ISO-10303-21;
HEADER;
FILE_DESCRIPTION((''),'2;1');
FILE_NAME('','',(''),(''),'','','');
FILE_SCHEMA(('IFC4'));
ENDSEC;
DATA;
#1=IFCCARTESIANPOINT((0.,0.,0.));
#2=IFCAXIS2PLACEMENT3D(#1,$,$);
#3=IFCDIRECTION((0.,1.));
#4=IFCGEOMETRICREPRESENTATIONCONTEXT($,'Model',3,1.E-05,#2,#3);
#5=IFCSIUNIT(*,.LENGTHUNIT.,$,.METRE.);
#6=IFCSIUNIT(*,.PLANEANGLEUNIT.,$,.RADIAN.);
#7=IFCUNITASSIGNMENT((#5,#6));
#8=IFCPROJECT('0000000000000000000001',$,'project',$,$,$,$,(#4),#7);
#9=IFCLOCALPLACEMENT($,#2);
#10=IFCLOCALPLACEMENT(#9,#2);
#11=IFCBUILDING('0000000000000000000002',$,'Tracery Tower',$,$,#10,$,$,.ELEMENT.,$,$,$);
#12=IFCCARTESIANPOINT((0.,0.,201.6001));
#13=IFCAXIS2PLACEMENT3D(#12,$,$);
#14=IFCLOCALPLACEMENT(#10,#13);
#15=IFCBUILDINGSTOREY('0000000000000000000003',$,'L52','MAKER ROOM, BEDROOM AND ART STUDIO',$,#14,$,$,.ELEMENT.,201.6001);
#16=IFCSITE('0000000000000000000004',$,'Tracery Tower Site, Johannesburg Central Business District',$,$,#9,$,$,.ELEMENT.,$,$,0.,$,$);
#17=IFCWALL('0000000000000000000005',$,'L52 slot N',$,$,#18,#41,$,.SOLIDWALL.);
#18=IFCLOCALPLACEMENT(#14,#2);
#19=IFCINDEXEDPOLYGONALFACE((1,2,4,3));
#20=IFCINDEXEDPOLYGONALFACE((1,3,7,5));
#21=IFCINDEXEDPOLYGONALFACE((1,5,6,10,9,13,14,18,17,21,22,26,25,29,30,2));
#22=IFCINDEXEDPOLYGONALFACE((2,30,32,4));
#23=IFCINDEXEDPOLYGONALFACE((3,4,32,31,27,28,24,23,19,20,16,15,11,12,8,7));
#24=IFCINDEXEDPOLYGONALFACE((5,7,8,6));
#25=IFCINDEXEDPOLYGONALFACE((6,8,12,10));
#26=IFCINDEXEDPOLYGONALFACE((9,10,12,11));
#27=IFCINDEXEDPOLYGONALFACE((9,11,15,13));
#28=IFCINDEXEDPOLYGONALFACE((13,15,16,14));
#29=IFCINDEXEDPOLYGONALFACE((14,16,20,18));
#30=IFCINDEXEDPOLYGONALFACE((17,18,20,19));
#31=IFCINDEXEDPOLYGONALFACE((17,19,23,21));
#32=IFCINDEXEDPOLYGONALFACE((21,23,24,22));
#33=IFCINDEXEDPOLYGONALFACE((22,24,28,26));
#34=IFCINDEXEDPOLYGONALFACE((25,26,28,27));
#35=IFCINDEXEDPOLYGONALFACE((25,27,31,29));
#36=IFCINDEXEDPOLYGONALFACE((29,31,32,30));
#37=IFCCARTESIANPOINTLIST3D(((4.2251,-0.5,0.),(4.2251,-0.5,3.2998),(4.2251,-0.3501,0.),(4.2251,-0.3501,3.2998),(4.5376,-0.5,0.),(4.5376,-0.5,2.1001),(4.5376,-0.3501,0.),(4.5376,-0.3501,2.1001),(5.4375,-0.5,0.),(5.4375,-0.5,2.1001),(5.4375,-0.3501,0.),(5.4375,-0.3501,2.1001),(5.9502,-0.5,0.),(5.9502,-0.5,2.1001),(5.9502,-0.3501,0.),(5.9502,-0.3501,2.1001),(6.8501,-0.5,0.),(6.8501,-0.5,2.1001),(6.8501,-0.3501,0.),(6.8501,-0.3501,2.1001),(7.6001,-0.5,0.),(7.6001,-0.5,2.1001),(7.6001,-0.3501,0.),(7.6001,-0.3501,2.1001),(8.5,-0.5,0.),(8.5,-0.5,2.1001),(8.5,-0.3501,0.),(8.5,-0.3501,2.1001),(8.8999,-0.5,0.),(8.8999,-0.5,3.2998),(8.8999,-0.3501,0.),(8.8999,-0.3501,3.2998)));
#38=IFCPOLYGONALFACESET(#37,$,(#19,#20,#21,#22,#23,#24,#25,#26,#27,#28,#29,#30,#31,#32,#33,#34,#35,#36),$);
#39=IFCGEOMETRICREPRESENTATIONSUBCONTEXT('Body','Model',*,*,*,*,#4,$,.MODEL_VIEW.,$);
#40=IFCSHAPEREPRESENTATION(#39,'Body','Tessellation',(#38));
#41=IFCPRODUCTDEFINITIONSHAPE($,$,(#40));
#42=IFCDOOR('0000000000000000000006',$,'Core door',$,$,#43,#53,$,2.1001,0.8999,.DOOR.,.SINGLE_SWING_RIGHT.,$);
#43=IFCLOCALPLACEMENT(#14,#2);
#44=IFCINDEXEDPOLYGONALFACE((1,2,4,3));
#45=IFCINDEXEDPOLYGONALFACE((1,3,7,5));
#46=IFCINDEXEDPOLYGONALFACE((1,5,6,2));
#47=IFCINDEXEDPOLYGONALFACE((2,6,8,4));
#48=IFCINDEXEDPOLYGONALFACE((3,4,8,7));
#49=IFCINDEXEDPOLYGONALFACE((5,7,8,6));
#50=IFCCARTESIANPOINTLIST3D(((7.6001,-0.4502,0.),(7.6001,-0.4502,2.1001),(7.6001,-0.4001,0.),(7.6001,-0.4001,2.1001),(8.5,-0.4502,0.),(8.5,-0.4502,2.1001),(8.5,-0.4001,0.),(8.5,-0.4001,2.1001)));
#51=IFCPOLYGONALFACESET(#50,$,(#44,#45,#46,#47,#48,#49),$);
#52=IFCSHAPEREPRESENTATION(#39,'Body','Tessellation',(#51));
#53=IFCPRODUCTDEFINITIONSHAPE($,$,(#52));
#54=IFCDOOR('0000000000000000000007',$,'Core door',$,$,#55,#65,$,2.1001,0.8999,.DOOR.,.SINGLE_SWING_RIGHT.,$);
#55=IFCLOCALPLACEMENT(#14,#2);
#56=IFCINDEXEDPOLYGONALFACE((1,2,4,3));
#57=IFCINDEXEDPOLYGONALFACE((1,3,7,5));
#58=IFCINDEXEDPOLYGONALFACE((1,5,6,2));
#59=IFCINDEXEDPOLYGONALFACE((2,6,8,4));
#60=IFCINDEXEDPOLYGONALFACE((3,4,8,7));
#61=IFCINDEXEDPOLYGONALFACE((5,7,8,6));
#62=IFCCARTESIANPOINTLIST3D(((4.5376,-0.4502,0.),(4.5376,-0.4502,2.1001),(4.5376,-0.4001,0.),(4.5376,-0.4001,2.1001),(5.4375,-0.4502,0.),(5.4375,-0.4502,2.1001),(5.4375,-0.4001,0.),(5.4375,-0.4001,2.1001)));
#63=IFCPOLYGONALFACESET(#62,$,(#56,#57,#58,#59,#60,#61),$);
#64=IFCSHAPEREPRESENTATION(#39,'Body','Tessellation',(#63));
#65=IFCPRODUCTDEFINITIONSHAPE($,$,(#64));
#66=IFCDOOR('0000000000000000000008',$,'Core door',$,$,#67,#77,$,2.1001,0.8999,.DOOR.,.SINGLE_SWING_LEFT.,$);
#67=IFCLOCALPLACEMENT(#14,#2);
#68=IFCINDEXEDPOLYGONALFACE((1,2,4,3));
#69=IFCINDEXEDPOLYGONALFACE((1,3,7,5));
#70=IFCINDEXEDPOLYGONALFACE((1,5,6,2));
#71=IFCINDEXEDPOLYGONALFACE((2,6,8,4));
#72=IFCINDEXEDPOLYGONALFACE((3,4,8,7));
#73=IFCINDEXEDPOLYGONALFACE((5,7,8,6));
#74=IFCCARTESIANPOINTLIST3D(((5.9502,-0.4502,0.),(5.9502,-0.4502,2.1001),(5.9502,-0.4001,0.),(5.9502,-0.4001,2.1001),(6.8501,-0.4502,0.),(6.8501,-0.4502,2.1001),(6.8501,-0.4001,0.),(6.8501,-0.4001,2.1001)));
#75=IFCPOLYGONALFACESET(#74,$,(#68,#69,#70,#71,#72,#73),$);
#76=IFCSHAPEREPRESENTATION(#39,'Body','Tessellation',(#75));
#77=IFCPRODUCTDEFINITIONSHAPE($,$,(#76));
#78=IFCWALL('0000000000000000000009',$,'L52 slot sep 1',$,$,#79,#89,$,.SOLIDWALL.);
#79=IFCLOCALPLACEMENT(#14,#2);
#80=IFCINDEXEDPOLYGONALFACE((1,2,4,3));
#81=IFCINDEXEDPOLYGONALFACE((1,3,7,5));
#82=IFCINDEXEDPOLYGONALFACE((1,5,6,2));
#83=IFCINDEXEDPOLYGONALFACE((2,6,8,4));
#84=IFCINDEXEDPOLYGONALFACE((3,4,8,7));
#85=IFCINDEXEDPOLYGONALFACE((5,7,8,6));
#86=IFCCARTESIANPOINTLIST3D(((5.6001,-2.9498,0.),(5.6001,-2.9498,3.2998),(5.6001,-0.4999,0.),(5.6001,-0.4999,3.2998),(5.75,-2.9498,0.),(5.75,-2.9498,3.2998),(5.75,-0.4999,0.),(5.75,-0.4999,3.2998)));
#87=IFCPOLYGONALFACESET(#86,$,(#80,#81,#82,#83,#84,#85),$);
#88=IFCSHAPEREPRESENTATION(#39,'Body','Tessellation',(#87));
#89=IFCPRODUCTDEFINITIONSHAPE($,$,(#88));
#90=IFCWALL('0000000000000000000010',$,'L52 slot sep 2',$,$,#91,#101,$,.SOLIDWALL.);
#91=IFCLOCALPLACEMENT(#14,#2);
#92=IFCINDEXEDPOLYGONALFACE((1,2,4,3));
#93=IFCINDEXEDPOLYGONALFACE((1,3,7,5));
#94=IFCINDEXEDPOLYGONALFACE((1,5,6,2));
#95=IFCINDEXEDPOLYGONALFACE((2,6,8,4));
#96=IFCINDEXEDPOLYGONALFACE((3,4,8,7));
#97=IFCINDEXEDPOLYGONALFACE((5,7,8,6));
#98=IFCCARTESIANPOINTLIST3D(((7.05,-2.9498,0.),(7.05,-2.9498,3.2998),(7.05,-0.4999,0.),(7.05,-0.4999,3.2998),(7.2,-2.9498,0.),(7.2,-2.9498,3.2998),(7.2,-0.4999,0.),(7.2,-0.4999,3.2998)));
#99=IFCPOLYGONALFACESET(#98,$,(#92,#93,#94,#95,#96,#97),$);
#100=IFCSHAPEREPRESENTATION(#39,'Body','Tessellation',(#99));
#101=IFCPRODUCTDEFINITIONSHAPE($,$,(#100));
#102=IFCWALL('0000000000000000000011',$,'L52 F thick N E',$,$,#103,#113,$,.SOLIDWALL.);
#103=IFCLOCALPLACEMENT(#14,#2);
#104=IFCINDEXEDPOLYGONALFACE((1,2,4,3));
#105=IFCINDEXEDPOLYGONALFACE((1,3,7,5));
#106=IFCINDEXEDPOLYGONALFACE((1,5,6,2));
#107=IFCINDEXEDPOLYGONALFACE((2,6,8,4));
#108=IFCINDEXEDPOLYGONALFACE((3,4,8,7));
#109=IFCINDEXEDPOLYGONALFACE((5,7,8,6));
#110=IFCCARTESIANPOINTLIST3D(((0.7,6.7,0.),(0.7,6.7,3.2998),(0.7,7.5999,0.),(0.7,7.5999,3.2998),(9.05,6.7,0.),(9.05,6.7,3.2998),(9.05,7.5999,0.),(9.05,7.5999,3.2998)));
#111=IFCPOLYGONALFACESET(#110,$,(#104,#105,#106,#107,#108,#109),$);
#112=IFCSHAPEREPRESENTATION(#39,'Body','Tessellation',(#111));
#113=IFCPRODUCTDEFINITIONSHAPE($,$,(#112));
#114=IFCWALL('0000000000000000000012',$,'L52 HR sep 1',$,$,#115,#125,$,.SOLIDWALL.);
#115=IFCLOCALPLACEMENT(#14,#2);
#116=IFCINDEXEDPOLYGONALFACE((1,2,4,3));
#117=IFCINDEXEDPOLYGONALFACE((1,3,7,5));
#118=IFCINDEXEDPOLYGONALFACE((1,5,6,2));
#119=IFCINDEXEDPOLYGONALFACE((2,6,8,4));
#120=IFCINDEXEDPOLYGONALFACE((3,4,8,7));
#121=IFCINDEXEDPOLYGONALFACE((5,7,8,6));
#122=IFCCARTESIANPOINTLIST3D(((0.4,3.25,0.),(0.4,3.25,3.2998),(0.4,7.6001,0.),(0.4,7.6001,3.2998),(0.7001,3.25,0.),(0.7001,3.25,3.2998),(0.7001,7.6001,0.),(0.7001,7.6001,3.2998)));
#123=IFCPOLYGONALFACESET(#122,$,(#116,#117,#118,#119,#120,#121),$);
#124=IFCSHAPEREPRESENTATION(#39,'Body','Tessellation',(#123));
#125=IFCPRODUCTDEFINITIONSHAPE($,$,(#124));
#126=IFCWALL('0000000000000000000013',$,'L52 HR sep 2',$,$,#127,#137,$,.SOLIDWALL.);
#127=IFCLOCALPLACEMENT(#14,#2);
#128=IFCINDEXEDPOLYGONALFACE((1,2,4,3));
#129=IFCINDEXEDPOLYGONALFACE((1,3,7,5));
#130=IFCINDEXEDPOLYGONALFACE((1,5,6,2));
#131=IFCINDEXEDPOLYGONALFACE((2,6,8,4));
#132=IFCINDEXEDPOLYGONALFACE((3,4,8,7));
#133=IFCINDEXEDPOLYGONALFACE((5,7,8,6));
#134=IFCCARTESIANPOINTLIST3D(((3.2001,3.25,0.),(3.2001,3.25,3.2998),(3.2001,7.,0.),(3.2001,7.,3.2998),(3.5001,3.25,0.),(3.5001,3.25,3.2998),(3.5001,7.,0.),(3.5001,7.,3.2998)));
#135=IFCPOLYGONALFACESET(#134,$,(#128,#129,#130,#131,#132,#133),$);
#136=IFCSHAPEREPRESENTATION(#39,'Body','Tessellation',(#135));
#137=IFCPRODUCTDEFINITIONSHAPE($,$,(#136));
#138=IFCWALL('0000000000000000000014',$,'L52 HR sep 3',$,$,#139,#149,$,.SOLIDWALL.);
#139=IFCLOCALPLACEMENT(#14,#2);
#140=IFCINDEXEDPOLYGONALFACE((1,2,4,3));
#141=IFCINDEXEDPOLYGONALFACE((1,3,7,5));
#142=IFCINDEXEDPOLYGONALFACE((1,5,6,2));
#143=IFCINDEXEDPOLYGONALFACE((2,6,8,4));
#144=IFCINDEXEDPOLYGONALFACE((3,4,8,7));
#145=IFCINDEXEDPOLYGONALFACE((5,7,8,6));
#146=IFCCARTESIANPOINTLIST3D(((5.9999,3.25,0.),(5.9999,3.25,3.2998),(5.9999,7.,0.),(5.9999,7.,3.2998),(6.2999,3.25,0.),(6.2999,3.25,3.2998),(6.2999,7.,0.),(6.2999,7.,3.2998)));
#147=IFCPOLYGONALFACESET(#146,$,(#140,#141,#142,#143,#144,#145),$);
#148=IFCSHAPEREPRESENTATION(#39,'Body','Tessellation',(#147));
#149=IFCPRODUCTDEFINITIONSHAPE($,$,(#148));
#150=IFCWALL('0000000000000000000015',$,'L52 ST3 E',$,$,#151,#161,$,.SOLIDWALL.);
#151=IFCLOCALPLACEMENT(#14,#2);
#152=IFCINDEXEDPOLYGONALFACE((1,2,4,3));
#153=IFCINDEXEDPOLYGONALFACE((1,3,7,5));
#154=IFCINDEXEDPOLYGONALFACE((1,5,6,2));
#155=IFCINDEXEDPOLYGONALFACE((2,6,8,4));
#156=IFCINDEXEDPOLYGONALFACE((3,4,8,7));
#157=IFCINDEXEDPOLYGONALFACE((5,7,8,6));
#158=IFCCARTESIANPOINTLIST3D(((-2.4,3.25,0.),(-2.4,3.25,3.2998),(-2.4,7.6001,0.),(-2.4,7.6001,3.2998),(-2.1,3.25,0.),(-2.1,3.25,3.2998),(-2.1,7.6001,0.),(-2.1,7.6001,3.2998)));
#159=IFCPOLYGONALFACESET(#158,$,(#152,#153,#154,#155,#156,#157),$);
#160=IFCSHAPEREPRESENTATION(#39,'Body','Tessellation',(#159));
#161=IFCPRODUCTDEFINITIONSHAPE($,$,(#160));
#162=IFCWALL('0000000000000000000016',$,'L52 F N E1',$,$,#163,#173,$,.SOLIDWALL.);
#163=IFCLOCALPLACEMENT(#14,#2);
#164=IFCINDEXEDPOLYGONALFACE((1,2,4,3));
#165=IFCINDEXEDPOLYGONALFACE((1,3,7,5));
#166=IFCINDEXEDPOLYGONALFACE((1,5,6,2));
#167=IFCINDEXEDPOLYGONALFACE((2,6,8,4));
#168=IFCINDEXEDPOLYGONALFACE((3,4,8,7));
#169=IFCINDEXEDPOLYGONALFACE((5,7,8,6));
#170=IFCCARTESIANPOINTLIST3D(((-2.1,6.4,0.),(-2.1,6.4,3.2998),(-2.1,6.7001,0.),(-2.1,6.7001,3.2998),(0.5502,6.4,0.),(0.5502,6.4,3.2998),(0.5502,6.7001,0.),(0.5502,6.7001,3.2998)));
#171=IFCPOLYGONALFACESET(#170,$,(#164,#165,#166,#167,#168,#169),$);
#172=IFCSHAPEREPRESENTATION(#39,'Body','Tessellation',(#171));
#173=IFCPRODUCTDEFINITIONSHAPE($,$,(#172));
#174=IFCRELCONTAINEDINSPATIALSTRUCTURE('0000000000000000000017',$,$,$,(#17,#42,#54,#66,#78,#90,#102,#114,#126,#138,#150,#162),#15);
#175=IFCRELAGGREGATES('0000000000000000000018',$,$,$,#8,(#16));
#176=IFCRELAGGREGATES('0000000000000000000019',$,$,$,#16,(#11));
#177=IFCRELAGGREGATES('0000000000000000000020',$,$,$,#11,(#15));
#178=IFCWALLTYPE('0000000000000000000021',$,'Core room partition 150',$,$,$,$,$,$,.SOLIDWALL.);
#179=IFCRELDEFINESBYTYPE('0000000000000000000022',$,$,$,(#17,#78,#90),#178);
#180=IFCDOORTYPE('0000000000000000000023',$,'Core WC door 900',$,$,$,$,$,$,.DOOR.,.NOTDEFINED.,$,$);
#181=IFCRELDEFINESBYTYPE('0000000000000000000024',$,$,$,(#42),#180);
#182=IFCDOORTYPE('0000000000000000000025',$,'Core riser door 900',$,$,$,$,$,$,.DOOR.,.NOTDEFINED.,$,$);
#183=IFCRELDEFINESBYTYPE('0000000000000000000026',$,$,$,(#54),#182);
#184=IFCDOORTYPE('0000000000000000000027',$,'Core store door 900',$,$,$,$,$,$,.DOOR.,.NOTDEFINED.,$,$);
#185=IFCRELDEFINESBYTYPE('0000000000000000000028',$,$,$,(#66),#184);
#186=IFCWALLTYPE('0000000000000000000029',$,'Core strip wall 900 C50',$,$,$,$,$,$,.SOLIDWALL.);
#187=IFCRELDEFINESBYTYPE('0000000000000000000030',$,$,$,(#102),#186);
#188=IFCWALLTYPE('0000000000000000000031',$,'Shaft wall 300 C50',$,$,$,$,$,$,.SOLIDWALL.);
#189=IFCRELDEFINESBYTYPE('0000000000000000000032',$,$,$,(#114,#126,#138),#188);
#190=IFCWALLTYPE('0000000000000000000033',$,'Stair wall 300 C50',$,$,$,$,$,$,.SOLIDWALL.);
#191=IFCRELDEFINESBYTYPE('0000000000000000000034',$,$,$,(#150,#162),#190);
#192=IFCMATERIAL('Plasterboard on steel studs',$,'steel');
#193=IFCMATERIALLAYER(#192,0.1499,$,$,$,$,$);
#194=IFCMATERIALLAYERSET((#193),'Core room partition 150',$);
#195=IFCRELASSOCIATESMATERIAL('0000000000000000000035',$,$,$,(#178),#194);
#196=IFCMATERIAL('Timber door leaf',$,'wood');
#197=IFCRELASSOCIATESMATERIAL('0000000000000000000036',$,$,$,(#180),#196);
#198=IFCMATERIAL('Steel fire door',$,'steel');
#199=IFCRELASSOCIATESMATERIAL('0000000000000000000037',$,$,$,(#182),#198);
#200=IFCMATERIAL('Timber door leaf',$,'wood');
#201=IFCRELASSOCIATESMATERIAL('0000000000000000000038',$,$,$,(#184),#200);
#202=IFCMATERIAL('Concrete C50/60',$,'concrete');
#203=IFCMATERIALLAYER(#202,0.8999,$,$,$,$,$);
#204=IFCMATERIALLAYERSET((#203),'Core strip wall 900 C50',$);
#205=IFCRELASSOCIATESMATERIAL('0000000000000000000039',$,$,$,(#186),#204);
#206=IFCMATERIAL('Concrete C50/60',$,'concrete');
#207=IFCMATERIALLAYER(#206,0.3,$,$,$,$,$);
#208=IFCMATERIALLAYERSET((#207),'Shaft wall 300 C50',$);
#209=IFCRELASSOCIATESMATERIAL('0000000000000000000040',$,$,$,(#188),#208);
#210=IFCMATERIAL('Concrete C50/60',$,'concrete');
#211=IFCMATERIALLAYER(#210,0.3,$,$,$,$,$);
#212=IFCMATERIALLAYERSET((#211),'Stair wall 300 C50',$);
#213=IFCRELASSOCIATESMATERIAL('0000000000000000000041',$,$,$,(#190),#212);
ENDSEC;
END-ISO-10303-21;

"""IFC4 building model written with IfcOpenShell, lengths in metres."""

from ifc_helpers import new_model, si_unit, direction, frame, frame_2d, origin, place, context, subcontext, project, spatial, rectangle, extrude, material, layer, layer_set, type_object, element, fill, save


model = new_model("IFC4")

# Units and contexts
model_context = context("Model", 3, precision=1e-05, world=origin(), true_north=direction((0.0, 1.0)))
body_context = subcontext(model_context, "Body", "Model", "MODEL_VIEW")
ifc_project = project(units=[si_unit("LENGTHUNIT", "METRE"), si_unit("PLANEANGLEUNIT", "RADIAN")], contexts=[model_context])

# Site, building, storey
site_placement = place(None, origin())
site = spatial("IfcSite", under=ifc_project, at=site_placement, Name="Tracery Tower Site, Johannesburg Central Business District", CompositionType="ELEMENT", RefElevation=0.0)
building_placement = place(site_placement, origin())
building = spatial("IfcBuilding", under=site, at=building_placement, Name="Tracery Tower", CompositionType="ELEMENT")
storey_placement = place(building_placement, frame((0.0, 0.0, 201.6001)))
storey = spatial("IfcBuildingStorey", under=building, at=storey_placement, Name="L52", Description="MAKER ROOM, BEDROOM AND ART STUDIO", CompositionType="ELEMENT", Elevation=201.6001)

# Wall, openings, doors
ifc_material_1 = material(Name="Plasterboard on steel studs", Category="steel")
ifc_layer_1 = layer(ifc_material_1, 0.1499)
ifc_layer_set_1 = layer_set([ifc_layer_1], Name="Core room partition 150")
wall_type_1 = type_object("IfcWallType", Name="Core room partition 150", PredefinedType="SOLIDWALL", material=ifc_layer_set_1)
wall_1_placement = place(storey_placement, frame((4.2251, -0.425, 0.0), z_axis=(0.0, 0.0, 1.0), x_axis=(1.0, 0.0, 0.0)))
wall_1 = element("IfcWall", 1, at=wall_1_placement, inside=storey, type_object=wall_type_1, Name="L52 slot N", PredefinedType="SOLIDWALL", context=body_context, shape_type="SweptSolid", body=[
    extrude(rectangle(XDim=4.6748, YDim=0.1499, at=frame_2d((2.3374, 0.0))), origin(), (0.0, 0.0, 1.0), 3.2998),
])
opening_1_placement = place(wall_1_placement, frame((0.3125, 0.0, 0.0)))
opening_1 = element("IfcOpeningElement", 2, at=opening_1_placement, cuts=wall_1, PredefinedType="OPENING", context=body_context, shape_type="SweptSolid", body=[
    extrude(rectangle(XDim=0.8999, YDim=2.1001, at=frame_2d((0.45, 1.05))), frame((0.0, 0.075, 0.0), z_axis=(0.0, -1.0, 0.0), x_axis=(1.0, 0.0, 0.0)), (0.0, 0.0, 1.0), 0.1499),
])
opening_2_placement = place(wall_1_placement, frame((1.7251, 0.0, 0.0)))
opening_2 = element("IfcOpeningElement", 3, at=opening_2_placement, cuts=wall_1, PredefinedType="OPENING", context=body_context, shape_type="SweptSolid", body=[
    extrude(rectangle(XDim=0.8999, YDim=2.1001, at=frame_2d((0.45, 1.05))), frame((0.0, 0.075, 0.0), z_axis=(0.0, -1.0, 0.0), x_axis=(1.0, 0.0, 0.0)), (0.0, 0.0, 1.0), 0.1499),
])
opening_3_placement = place(wall_1_placement, frame((3.375, 0.0, 0.0)))
opening_3 = element("IfcOpeningElement", 4, at=opening_3_placement, cuts=wall_1, PredefinedType="OPENING", context=body_context, shape_type="SweptSolid", body=[
    extrude(rectangle(XDim=0.8999, YDim=2.1001, at=frame_2d((0.45, 1.05))), frame((0.0, 0.075, 0.0), z_axis=(0.0, -1.0, 0.0), x_axis=(1.0, 0.0, 0.0)), (0.0, 0.0, 1.0), 0.1499),
])
ifc_material_2 = material(Name="Timber door leaf", Category="wood")
door_type_1 = type_object("IfcDoorType", Name="Core WC door 900", OperationType="NOTDEFINED", PredefinedType="DOOR", material=ifc_material_2)
door_1_placement = place(opening_3_placement, origin())
door_1 = element("IfcDoor", 5, at=door_1_placement, inside=storey, type_object=door_type_1, Name="Core door", OperationType="SINGLE_SWING_RIGHT", OverallHeight=2.1001, OverallWidth=0.8999, PredefinedType="DOOR", context=body_context, shape_type="SweptSolid", body=[
    extrude(rectangle(XDim=0.8999, YDim=2.1001, at=frame_2d((0.45, 1.05))), frame((0.0, 0.0249, 0.0), z_axis=(0.0, -1.0, 0.0), x_axis=(1.0, 0.0, 0.0)), (0.0, 0.0, 1.0), 0.05),
])
fill(opening_3, door_1)
ifc_material_3 = material(Name="Steel fire door", Category="steel")
door_type_2 = type_object("IfcDoorType", Name="Core riser door 900", OperationType="NOTDEFINED", PredefinedType="DOOR", material=ifc_material_3)
door_2_placement = place(opening_1_placement, origin())
door_2 = element("IfcDoor", 6, at=door_2_placement, inside=storey, type_object=door_type_2, Name="Core door", OperationType="SINGLE_SWING_RIGHT", OverallHeight=2.1001, OverallWidth=0.8999, PredefinedType="DOOR", context=body_context, shape_type="SweptSolid", body=[
    extrude(rectangle(XDim=0.8999, YDim=2.1001, at=frame_2d((0.45, 1.05))), frame((0.0, 0.0249, 0.0), z_axis=(0.0, -1.0, 0.0), x_axis=(1.0, 0.0, 0.0)), (0.0, 0.0, 1.0), 0.05),
])
fill(opening_1, door_2)
ifc_material_4 = material(Name="Timber door leaf", Category="wood")
door_type_3 = type_object("IfcDoorType", Name="Core store door 900", OperationType="NOTDEFINED", PredefinedType="DOOR", material=ifc_material_4)
door_3_placement = place(opening_2_placement, origin())
door_3 = element("IfcDoor", 7, at=door_3_placement, inside=storey, type_object=door_type_3, Name="Core door", OperationType="SINGLE_SWING_LEFT", OverallHeight=2.1001, OverallWidth=0.8999, PredefinedType="DOOR", context=body_context, shape_type="SweptSolid", body=[
    extrude(rectangle(XDim=0.8999, YDim=2.1001, at=frame_2d((0.45, 1.05))), frame((0.0, 0.0249, 0.0), z_axis=(0.0, -1.0, 0.0), x_axis=(1.0, 0.0, 0.0)), (0.0, 0.0, 1.0), 0.05),
])
fill(opening_2, door_3)

# Walls
for number, where, z_axis, x_axis, name in (
    (8, (5.675, -2.95, 0.0), (0.0, 0.0, 1.0), (0.0, 1.0, 0.0), "L52 slot sep 1"),
    (9, (7.125, -2.95, 0.0), (0.0, 0.0, 1.0), (0.0, 1.0, 0.0), "L52 slot sep 2"),
):
    element("IfcWall", number, at=place(storey_placement, frame(where, z_axis=z_axis, x_axis=x_axis)), inside=storey, type_object=wall_type_1, Name=name, PredefinedType="SOLIDWALL", context=body_context, shape_type="SweptSolid", body=[
        extrude(rectangle(XDim=2.45, YDim=0.1499, at=frame_2d((1.2251, 0.0))), origin(), (0.0, 0.0, 1.0), 3.2998),
    ])
ifc_material_5 = material(Name="Concrete C50/60", Category="concrete")
ifc_layer_2 = layer(ifc_material_5, 0.8999)
ifc_layer_set_2 = layer_set([ifc_layer_2], Name="Core strip wall 900 C50")
wall_type_2 = type_object("IfcWallType", Name="Core strip wall 900 C50", PredefinedType="SOLIDWALL", material=ifc_layer_set_2)
wall_2_placement = place(storey_placement, frame((0.7, 7.1499, 0.0), z_axis=(0.0, 0.0, 1.0), x_axis=(1.0, 0.0, 0.0)))
element("IfcWall", 10, at=wall_2_placement, inside=storey, type_object=wall_type_2, Name="L52 F thick N E", PredefinedType="SOLIDWALL", context=body_context, shape_type="SweptSolid", body=[
    extrude(rectangle(XDim=8.3501, YDim=0.8999, at=frame_2d((4.175, 0.0))), origin(), (0.0, 0.0, 1.0), 3.2998),
])
ifc_material_6 = material(Name="Concrete C50/60", Category="concrete")
ifc_layer_3 = layer(ifc_material_6, 0.3)
ifc_layer_set_3 = layer_set([ifc_layer_3], Name="Shaft wall 300 C50")
wall_type_3 = type_object("IfcWallType", Name="Shaft wall 300 C50", PredefinedType="SOLIDWALL", material=ifc_layer_set_3)
wall_3_placement = place(storey_placement, frame((0.55, 3.25, 0.0), z_axis=(0.0, 0.0, 1.0), x_axis=(0.0, 1.0, 0.0)))
element("IfcWall", 11, at=wall_3_placement, inside=storey, type_object=wall_type_3, Name="L52 HR sep 1", PredefinedType="SOLIDWALL", context=body_context, shape_type="SweptSolid", body=[
    extrude(rectangle(XDim=4.3501, YDim=0.3, at=frame_2d((2.175, 0.0))), origin(), (0.0, 0.0, 1.0), 3.2998),
])
for number, where, z_axis, x_axis, name in (
    (12, (3.3501, 3.25, 0.0), (0.0, 0.0, 1.0), (0.0, 1.0, 0.0), "L52 HR sep 2"),
    (13, (6.1499, 3.25, 0.0), (0.0, 0.0, 1.0), (0.0, 1.0, 0.0), "L52 HR sep 3"),
):
    element("IfcWall", number, at=place(storey_placement, frame(where, z_axis=z_axis, x_axis=x_axis)), inside=storey, type_object=wall_type_3, Name=name, PredefinedType="SOLIDWALL", context=body_context, shape_type="SweptSolid", body=[
        extrude(rectangle(XDim=3.75, YDim=0.3, at=frame_2d((1.875, 0.0))), origin(), (0.0, 0.0, 1.0), 3.2998),
    ])

# Walls
ifc_material_7 = material(Name="Concrete C50/60", Category="concrete")
ifc_layer_4 = layer(ifc_material_7, 0.3)
ifc_layer_set_4 = layer_set([ifc_layer_4], Name="Stair wall 300 C50")
wall_type_4 = type_object("IfcWallType", Name="Stair wall 300 C50", PredefinedType="SOLIDWALL", material=ifc_layer_set_4)
wall_4_placement = place(storey_placement, frame((-2.25, 3.25, 0.0), z_axis=(0.0, 0.0, 1.0), x_axis=(0.0, 1.0, 0.0)))
element("IfcWall", 14, at=wall_4_placement, inside=storey, type_object=wall_type_4, Name="L52 ST3 E", PredefinedType="SOLIDWALL", context=body_context, shape_type="SweptSolid", body=[
    extrude(rectangle(XDim=4.3501, YDim=0.3, at=frame_2d((2.175, 0.0))), origin(), (0.0, 0.0, 1.0), 3.2998),
])
wall_5_placement = place(storey_placement, frame((-2.1001, 6.55, 0.0), z_axis=(0.0, 0.0, 1.0), x_axis=(1.0, 0.0, 0.0)))
element("IfcWall", 15, at=wall_5_placement, inside=storey, type_object=wall_type_4, Name="L52 F N E1", PredefinedType="SOLIDWALL", context=body_context, shape_type="SweptSolid", body=[
    extrude(rectangle(XDim=2.6501, YDim=0.3, at=frame_2d((1.3252, 0.0))), origin(), (0.0, 0.0, 1.0), 3.2998),
])

save(model, "model.ifc")
